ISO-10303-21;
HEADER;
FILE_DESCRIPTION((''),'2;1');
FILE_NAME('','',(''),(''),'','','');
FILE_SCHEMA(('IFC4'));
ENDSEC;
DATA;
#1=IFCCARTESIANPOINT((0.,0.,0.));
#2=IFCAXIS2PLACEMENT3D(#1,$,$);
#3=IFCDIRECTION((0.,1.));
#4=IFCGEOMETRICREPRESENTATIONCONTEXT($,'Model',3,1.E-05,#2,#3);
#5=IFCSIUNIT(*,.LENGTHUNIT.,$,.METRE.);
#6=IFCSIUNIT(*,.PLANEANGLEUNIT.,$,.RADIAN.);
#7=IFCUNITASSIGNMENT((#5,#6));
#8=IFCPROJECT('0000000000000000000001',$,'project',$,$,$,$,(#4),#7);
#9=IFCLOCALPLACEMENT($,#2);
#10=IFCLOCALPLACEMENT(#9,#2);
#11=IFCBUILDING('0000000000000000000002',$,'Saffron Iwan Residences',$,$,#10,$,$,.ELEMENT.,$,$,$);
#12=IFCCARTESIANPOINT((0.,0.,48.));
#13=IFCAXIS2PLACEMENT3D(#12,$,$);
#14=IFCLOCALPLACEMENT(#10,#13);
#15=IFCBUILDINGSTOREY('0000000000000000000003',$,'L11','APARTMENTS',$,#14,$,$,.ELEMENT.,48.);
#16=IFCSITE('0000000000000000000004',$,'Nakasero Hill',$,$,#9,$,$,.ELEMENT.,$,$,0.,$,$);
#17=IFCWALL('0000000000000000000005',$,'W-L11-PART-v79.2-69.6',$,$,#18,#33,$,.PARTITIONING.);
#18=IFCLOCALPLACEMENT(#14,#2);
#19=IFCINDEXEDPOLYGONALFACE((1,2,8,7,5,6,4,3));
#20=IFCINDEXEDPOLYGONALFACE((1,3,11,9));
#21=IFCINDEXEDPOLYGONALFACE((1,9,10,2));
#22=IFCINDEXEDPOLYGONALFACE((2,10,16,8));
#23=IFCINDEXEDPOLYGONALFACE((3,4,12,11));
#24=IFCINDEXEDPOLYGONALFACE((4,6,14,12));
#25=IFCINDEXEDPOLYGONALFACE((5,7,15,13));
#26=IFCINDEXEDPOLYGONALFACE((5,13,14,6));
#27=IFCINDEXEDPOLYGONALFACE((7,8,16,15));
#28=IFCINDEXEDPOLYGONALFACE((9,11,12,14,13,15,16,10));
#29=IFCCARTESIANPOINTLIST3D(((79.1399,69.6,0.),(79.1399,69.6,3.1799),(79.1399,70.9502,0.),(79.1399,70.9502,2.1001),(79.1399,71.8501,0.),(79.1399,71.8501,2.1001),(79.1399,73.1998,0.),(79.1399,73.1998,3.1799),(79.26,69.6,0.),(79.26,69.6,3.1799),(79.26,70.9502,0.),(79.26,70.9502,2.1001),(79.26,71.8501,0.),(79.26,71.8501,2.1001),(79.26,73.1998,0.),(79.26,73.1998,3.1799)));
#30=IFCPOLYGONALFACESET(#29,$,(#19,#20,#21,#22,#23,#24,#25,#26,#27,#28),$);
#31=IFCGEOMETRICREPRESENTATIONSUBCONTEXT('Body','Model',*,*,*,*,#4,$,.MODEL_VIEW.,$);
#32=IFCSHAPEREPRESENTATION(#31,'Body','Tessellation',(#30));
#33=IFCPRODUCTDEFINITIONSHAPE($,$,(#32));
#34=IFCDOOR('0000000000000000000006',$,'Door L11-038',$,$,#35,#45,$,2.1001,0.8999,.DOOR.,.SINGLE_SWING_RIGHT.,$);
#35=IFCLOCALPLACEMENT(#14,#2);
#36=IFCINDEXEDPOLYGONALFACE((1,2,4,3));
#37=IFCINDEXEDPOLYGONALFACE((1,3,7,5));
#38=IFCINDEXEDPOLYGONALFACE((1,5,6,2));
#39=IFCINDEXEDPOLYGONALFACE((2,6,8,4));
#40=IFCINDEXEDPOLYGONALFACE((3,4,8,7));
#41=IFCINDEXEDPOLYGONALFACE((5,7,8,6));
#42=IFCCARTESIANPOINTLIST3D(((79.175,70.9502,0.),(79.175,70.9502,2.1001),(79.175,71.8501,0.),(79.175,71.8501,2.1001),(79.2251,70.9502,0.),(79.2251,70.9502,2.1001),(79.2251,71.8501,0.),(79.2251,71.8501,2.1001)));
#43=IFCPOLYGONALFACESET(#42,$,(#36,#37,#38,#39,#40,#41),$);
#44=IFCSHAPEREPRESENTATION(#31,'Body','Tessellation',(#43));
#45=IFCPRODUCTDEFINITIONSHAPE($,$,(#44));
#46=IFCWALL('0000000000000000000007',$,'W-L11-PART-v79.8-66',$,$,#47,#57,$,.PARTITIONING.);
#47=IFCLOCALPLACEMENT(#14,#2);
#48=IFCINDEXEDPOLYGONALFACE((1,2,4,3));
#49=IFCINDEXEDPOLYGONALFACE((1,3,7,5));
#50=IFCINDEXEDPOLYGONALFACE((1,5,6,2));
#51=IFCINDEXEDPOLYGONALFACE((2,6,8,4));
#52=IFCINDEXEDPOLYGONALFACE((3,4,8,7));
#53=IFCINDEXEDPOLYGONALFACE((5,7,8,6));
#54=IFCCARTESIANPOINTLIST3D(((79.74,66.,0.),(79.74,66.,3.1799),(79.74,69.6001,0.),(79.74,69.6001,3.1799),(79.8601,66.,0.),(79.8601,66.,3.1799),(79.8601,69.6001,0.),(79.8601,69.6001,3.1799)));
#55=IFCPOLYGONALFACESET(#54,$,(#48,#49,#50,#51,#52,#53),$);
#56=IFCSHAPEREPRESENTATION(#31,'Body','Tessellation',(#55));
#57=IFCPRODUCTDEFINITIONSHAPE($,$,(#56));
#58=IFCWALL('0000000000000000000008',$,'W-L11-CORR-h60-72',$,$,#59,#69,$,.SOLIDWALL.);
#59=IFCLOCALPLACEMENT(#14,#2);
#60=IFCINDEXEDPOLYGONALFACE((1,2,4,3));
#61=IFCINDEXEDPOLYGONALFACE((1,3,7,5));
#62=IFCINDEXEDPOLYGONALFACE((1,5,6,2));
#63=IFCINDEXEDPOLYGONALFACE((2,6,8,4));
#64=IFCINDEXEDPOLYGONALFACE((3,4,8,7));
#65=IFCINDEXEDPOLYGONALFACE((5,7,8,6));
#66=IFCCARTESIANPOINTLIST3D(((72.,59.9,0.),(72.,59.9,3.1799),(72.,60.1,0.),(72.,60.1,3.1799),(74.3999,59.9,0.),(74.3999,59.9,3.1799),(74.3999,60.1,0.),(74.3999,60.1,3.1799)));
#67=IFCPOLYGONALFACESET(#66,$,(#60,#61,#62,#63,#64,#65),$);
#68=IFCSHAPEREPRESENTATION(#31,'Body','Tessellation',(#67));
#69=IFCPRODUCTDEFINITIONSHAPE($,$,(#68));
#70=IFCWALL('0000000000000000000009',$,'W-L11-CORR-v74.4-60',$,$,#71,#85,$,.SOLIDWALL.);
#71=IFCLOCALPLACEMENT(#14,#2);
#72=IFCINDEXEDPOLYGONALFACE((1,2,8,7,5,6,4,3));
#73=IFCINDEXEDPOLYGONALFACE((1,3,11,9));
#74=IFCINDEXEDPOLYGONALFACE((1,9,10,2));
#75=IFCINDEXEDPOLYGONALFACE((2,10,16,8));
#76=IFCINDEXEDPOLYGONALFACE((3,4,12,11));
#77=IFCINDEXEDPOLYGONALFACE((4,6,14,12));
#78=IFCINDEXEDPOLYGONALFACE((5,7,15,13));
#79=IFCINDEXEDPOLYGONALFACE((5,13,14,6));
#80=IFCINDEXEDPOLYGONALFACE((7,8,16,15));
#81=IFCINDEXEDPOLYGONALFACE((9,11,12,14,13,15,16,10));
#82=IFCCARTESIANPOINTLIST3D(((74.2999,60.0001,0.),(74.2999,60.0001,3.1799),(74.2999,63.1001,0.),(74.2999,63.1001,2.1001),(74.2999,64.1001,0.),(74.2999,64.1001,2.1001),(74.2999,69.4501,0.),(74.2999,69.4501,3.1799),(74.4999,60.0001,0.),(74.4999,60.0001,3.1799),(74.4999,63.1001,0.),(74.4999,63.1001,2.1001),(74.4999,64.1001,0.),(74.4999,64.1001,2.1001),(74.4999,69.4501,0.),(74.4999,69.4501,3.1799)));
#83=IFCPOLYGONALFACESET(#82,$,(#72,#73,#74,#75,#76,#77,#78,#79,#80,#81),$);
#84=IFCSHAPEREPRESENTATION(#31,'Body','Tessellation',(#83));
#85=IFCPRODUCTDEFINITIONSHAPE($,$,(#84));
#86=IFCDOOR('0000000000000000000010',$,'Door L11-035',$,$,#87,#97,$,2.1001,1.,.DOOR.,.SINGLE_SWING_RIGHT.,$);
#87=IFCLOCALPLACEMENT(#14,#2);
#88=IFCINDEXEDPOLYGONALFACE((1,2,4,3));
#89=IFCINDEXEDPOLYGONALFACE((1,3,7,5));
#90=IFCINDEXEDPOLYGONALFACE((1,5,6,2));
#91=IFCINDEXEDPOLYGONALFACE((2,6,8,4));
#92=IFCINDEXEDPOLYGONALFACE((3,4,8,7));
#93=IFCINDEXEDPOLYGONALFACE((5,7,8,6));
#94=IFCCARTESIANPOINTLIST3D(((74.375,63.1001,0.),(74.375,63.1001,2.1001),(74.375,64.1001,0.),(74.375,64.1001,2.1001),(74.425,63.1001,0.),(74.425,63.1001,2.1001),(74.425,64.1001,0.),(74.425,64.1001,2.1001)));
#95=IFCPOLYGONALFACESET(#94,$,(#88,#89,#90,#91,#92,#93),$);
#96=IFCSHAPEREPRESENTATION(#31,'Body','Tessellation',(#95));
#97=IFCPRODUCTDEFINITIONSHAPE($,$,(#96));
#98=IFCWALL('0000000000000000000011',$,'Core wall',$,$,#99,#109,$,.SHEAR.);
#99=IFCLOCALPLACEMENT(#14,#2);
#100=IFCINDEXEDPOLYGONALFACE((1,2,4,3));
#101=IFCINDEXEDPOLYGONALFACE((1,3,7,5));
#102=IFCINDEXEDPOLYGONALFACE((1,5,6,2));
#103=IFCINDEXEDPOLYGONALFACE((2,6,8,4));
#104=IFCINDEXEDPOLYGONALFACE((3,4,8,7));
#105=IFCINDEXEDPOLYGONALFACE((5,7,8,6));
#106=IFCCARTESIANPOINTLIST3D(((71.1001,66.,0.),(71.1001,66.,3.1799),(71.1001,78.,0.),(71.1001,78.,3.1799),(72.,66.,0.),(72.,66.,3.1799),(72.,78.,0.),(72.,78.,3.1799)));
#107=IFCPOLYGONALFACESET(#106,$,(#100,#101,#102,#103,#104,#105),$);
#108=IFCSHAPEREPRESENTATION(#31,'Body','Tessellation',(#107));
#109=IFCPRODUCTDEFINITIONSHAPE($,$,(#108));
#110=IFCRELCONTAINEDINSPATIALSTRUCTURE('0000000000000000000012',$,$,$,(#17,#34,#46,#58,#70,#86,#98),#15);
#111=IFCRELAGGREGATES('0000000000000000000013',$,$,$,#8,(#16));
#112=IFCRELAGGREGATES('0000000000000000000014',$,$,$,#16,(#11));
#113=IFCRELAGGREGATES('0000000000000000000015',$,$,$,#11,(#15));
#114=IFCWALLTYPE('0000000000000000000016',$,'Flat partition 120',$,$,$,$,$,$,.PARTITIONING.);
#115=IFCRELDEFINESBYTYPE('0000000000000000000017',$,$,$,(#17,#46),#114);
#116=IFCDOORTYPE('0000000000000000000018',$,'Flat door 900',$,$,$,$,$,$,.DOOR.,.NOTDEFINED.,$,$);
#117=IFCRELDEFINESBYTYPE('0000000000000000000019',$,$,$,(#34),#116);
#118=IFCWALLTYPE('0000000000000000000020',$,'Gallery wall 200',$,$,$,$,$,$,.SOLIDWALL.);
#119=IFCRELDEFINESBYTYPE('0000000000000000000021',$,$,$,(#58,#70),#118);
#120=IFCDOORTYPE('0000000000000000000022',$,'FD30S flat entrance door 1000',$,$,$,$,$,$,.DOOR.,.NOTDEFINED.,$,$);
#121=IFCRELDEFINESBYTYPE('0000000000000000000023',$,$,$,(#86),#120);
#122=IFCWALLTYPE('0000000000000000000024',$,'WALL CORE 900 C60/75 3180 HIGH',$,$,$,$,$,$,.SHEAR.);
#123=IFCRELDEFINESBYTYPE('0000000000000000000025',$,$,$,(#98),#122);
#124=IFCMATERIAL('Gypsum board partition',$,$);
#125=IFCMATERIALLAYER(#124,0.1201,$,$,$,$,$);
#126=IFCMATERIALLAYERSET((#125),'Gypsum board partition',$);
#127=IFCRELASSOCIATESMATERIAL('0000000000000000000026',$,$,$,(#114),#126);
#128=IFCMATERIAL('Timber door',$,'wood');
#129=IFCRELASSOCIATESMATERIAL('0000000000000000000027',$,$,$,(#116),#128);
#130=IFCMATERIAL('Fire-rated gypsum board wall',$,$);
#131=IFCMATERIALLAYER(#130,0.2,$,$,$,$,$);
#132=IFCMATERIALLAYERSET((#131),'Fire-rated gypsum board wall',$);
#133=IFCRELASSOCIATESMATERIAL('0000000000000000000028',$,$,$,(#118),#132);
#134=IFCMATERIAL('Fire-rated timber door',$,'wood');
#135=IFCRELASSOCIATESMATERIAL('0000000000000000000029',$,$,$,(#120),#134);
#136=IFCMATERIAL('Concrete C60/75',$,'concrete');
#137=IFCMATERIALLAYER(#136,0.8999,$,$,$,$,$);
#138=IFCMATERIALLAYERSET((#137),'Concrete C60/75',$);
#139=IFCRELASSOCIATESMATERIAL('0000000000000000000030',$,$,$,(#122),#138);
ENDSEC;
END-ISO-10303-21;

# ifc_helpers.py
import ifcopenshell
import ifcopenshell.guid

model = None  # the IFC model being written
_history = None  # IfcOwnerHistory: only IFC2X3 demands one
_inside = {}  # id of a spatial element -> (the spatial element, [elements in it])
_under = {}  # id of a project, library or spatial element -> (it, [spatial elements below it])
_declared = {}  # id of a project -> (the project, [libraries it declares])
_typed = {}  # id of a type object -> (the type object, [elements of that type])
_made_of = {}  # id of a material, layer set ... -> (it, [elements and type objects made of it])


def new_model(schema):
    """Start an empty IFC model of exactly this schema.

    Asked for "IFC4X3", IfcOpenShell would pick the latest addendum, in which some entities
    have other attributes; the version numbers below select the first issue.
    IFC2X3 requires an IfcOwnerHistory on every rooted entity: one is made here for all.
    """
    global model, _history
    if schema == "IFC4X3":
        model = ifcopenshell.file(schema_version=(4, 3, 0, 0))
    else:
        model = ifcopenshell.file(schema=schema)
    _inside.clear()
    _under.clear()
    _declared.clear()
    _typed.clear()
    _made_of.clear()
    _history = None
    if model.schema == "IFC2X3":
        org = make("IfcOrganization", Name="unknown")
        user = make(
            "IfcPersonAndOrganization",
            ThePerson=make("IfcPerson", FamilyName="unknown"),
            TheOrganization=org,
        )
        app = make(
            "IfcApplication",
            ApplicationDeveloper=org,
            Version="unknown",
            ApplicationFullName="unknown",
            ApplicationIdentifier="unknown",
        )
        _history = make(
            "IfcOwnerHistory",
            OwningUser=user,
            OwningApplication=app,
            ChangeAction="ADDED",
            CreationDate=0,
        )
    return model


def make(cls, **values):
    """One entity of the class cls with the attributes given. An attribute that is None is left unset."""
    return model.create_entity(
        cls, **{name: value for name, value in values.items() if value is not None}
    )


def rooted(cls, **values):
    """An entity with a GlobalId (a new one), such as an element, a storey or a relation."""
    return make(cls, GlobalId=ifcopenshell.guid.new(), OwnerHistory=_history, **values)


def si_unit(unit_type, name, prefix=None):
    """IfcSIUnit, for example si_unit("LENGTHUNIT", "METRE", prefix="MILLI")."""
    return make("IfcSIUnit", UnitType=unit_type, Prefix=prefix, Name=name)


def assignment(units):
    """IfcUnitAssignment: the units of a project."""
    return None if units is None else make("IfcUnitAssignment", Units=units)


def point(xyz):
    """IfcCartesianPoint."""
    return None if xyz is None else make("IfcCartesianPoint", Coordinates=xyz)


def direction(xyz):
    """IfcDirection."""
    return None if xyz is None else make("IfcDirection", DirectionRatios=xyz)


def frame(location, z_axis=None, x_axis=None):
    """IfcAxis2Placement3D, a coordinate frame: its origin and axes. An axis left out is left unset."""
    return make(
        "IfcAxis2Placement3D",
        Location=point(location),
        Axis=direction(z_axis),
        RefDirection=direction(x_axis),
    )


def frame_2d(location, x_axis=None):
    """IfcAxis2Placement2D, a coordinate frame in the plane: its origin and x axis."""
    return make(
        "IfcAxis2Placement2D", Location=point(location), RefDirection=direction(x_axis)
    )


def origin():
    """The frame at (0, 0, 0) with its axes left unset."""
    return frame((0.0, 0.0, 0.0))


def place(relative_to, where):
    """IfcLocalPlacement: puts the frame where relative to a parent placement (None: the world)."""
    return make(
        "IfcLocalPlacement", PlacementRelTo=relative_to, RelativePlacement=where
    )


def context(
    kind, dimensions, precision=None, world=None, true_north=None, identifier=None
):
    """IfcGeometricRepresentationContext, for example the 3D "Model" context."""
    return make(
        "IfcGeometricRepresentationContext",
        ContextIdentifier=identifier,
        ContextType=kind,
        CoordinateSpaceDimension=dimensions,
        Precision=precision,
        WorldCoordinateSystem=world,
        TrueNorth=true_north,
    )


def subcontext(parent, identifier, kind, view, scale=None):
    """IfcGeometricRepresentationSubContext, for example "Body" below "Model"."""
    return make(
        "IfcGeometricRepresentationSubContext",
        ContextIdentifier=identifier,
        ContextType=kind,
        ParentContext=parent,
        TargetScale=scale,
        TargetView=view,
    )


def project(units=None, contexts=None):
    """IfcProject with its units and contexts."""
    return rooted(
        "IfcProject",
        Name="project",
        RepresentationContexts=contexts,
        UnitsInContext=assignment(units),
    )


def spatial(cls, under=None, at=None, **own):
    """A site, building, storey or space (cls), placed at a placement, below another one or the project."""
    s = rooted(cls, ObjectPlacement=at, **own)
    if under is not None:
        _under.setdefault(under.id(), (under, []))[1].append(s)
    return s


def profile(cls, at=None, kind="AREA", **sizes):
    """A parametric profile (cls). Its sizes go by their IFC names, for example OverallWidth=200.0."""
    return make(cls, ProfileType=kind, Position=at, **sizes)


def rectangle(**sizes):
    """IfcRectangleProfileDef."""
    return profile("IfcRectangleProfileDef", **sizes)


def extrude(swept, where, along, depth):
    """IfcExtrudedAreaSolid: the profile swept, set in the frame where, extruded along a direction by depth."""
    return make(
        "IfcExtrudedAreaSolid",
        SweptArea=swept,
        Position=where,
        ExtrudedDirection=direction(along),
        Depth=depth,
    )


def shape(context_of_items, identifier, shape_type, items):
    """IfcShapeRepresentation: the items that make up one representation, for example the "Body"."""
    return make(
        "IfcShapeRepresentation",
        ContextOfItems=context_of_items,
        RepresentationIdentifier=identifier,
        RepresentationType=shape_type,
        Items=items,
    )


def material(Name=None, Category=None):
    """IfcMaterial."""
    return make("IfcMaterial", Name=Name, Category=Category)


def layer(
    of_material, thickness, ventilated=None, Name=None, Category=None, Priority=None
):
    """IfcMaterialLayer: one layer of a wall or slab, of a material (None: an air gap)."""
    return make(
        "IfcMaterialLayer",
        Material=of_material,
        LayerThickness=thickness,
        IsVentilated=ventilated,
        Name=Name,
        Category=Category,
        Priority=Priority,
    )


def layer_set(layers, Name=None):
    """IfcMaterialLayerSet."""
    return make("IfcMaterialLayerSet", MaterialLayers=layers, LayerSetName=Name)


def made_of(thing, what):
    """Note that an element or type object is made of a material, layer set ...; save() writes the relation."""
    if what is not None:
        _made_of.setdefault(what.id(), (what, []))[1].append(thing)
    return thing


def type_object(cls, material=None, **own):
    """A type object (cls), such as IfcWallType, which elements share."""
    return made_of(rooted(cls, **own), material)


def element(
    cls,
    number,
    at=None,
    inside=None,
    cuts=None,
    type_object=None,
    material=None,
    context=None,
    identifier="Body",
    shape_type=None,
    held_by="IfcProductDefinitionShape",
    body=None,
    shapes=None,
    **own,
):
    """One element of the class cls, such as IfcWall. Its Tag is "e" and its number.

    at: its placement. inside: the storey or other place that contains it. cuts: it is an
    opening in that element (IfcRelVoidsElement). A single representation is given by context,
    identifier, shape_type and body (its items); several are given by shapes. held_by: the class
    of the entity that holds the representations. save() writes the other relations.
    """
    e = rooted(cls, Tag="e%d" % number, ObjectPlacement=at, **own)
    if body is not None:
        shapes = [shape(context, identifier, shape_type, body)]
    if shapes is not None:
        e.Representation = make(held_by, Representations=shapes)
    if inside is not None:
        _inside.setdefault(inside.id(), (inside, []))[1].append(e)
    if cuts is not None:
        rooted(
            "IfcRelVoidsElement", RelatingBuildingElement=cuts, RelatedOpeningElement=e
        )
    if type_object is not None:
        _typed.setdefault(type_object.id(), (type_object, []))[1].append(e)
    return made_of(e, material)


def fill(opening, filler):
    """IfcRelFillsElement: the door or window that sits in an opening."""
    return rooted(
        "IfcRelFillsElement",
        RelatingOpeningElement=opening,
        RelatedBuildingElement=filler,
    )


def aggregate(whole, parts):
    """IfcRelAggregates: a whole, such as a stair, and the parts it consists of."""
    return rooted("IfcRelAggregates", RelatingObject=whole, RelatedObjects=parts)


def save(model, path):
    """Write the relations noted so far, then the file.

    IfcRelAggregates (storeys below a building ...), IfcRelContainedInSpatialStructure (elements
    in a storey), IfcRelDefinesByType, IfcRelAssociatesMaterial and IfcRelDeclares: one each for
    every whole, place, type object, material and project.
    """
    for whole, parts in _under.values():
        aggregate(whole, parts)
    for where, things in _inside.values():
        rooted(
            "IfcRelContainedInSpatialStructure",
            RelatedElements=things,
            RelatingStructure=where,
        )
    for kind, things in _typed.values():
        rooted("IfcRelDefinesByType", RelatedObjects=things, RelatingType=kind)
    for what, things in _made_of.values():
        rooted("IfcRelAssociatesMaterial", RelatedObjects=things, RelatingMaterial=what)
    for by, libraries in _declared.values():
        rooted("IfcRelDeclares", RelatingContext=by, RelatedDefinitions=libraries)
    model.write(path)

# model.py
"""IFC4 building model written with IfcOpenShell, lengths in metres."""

from ifc_helpers import new_model, si_unit, direction, frame, frame_2d, origin, place, context, subcontext, project, spatial, rectangle, extrude, material, layer, layer_set, type_object, element, fill, save


model = new_model("IFC4")

# Units and contexts
model_context = context("Model", 3, precision=1e-05, world=origin(), true_north=direction((0.0, 1.0)))
body_context = subcontext(model_context, "Body", "Model", "MODEL_VIEW")
ifc_project = project(units=[si_unit("LENGTHUNIT", "METRE"), si_unit("PLANEANGLEUNIT", "RADIAN")], contexts=[model_context])

# Site, building, storey
site_placement = place(None, origin())
site = spatial("IfcSite", under=ifc_project, at=site_placement, Name="Nakasero Hill", CompositionType="ELEMENT", RefElevation=0.0)
building_placement = place(site_placement, origin())
building = spatial("IfcBuilding", under=site, at=building_placement, Name="Saffron Iwan Residences", CompositionType="ELEMENT")
storey_placement = place(building_placement, frame((0.0, 0.0, 48.0)))
storey = spatial("IfcBuildingStorey", under=building, at=storey_placement, Name="L11", Description="APARTMENTS", CompositionType="ELEMENT", Elevation=48.0)

# Shared definitions
ifc_material_1 = material(Name="Concrete C60/75", Category="concrete")

# Shared definitions
ifc_material_2 = material(Name="Fire-rated gypsum board wall")
ifc_material_3 = material(Name="Gypsum board partition")
ifc_layer_1 = layer(ifc_material_3, 0.1201)
ifc_layer_set_1 = layer_set([ifc_layer_1], Name="Gypsum board partition")
wall_type_1 = type_object("IfcWallType", Name="Flat partition 120", PredefinedType="PARTITIONING", material=ifc_layer_set_1)

# Shared definitions
ifc_material_4 = material(Name="Timber door", Category="wood")

# Shared definitions
door_type_1 = type_object("IfcDoorType", Name="Flat door 900", OperationType="NOTDEFINED", PredefinedType="DOOR", material=ifc_material_4)

# Wall, opening, door
wall_1_placement = place(storey_placement, frame((79.2, 69.6001, 0.0), z_axis=(0.0, 0.0, 1.0), x_axis=(0.0, 1.0, 0.0)))
wall_1 = element("IfcWall", 1, at=wall_1_placement, inside=storey, type_object=wall_type_1, Name="W-L11-PART-v79.2-69.6", PredefinedType="PARTITIONING", context=body_context, shape_type="SweptSolid", body=[
    extrude(rectangle(XDim=3.5999, YDim=0.1201, at=frame_2d((1.7998, 0.0))), origin(), (0.0, 0.0, 1.0), 3.1799),
])
opening_1_placement = place(wall_1_placement, frame((1.3501, 0.0, 0.0)))
opening_1 = element("IfcOpeningElement", 2, at=opening_1_placement, cuts=wall_1, PredefinedType="OPENING", context=body_context, shape_type="SweptSolid", body=[
    extrude(rectangle(XDim=0.8999, YDim=2.1001, at=frame_2d((0.45, 1.05))), frame((0.0, 0.0701, 0.0), z_axis=(0.0, -1.0, 0.0), x_axis=(1.0, 0.0, 0.0)), (0.0, 0.0, 1.0), 0.1401),
])
door_1_placement = place(opening_1_placement, origin())
door_1 = element("IfcDoor", 3, at=door_1_placement, inside=storey, type_object=door_type_1, Name="Door L11-038", OperationType="SINGLE_SWING_RIGHT", OverallHeight=2.1001, OverallWidth=0.8999, PredefinedType="DOOR", context=body_context, shape_type="SweptSolid", body=[
    extrude(rectangle(XDim=0.8999, YDim=2.1001, at=frame_2d((0.45, 1.05))), frame((0.0, 0.0249, 0.0), z_axis=(0.0, -1.0, 0.0), x_axis=(1.0, 0.0, 0.0)), (0.0, 0.0, 1.0), 0.05),
])
fill(opening_1, door_1)

# Walls
wall_2_placement = place(storey_placement, frame((79.8, 66.0, 0.0), z_axis=(0.0, 0.0, 1.0), x_axis=(0.0, 1.0, 0.0)))
element("IfcWall", 4, at=wall_2_placement, inside=storey, type_object=wall_type_1, Name="W-L11-PART-v79.8-66", PredefinedType="PARTITIONING", context=body_context, shape_type="SweptSolid", body=[
    extrude(rectangle(XDim=3.6001, YDim=0.1201, at=frame_2d((1.8, 0.0))), origin(), (0.0, 0.0, 1.0), 3.1799),
])
ifc_layer_2 = layer(ifc_material_2, 0.2)
ifc_layer_set_2 = layer_set([ifc_layer_2], Name="Fire-rated gypsum board wall")
wall_type_2 = type_object("IfcWallType", Name="Gallery wall 200", PredefinedType="SOLIDWALL", material=ifc_layer_set_2)
wall_3_placement = place(storey_placement, frame((72.0, 60.0, 0.0), z_axis=(0.0, 0.0, 1.0), x_axis=(1.0, 0.0, 0.0)))
element("IfcWall", 5, at=wall_3_placement, inside=storey, type_object=wall_type_2, Name="W-L11-CORR-h60-72", PredefinedType="SOLIDWALL", context=body_context, shape_type="SweptSolid", body=[
    extrude(rectangle(XDim=2.3999, YDim=0.2, at=frame_2d((1.2, 0.0))), origin(), (0.0, 0.0, 1.0), 3.1799),
])

# Wall, opening, door
wall_4_placement = place(storey_placement, frame((74.3999, 60.0, 0.0), z_axis=(0.0, 0.0, 1.0), x_axis=(0.0, 1.0, 0.0)))
wall_4 = element("IfcWall", 6, at=wall_4_placement, inside=storey, type_object=wall_type_2, Name="W-L11-CORR-v74.4-60", PredefinedType="SOLIDWALL", context=body_context, shape_type="SweptSolid", body=[
    extrude(rectangle(XDim=9.45, YDim=0.2, at=frame_2d((4.7251, 0.0))), origin(), (0.0, 0.0, 1.0), 3.1799),
])
opening_2_placement = place(wall_4_placement, frame((3.1001, 0.0, 0.0)))
opening_2 = element("IfcOpeningElement", 7, at=opening_2_placement, cuts=wall_4, PredefinedType="OPENING", context=body_context, shape_type="SweptSolid", body=[
    extrude(rectangle(XDim=1.0, YDim=2.1001, at=frame_2d((0.5, 1.05))), frame((0.0, 0.1099, 0.0), z_axis=(0.0, -1.0, 0.0), x_axis=(1.0, 0.0, 0.0)), (0.0, 0.0, 1.0), 0.22),
])
ifc_material_5 = material(Name="Fire-rated timber door", Category="wood")
door_type_2 = type_object("IfcDoorType", Name="FD30S flat entrance door 1000", OperationType="NOTDEFINED", PredefinedType="DOOR", material=ifc_material_5)
door_2_placement = place(opening_2_placement, origin())
door_2 = element("IfcDoor", 8, at=door_2_placement, inside=storey, type_object=door_type_2, Name="Door L11-035", OperationType="SINGLE_SWING_RIGHT", OverallHeight=2.1001, OverallWidth=1.0, PredefinedType="DOOR", context=body_context, shape_type="SweptSolid", body=[
    extrude(rectangle(XDim=1.0, YDim=2.1001, at=frame_2d((0.5, 1.05))), frame((0.0, 0.0249, 0.0), z_axis=(0.0, -1.0, 0.0), x_axis=(1.0, 0.0, 0.0)), (0.0, 0.0, 1.0), 0.05),
])
fill(opening_2, door_2)

# Wall
ifc_layer_3 = layer(ifc_material_1, 0.8999)
ifc_layer_set_3 = layer_set([ifc_layer_3], Name="Concrete C60/75")
wall_type_3 = type_object("IfcWallType", Name="WALL CORE 900 C60/75 3180 HIGH", PredefinedType="SHEAR", material=ifc_layer_set_3)
wall_5_placement = place(storey_placement, frame((71.55, 66.0, 0.0), z_axis=(0.0, 0.0, 1.0), x_axis=(0.0, 1.0, 0.0)))
element("IfcWall", 9, at=wall_5_placement, inside=storey, type_object=wall_type_3, Name="Core wall", PredefinedType="SHEAR", context=body_context, shape_type="SweptSolid", body=[
    extrude(rectangle(XDim=12.0, YDim=0.8999, at=frame_2d((6.0, 0.0))), origin(), (0.0, 0.0, 1.0), 3.1799),
])

save(model, "model.ifc")
